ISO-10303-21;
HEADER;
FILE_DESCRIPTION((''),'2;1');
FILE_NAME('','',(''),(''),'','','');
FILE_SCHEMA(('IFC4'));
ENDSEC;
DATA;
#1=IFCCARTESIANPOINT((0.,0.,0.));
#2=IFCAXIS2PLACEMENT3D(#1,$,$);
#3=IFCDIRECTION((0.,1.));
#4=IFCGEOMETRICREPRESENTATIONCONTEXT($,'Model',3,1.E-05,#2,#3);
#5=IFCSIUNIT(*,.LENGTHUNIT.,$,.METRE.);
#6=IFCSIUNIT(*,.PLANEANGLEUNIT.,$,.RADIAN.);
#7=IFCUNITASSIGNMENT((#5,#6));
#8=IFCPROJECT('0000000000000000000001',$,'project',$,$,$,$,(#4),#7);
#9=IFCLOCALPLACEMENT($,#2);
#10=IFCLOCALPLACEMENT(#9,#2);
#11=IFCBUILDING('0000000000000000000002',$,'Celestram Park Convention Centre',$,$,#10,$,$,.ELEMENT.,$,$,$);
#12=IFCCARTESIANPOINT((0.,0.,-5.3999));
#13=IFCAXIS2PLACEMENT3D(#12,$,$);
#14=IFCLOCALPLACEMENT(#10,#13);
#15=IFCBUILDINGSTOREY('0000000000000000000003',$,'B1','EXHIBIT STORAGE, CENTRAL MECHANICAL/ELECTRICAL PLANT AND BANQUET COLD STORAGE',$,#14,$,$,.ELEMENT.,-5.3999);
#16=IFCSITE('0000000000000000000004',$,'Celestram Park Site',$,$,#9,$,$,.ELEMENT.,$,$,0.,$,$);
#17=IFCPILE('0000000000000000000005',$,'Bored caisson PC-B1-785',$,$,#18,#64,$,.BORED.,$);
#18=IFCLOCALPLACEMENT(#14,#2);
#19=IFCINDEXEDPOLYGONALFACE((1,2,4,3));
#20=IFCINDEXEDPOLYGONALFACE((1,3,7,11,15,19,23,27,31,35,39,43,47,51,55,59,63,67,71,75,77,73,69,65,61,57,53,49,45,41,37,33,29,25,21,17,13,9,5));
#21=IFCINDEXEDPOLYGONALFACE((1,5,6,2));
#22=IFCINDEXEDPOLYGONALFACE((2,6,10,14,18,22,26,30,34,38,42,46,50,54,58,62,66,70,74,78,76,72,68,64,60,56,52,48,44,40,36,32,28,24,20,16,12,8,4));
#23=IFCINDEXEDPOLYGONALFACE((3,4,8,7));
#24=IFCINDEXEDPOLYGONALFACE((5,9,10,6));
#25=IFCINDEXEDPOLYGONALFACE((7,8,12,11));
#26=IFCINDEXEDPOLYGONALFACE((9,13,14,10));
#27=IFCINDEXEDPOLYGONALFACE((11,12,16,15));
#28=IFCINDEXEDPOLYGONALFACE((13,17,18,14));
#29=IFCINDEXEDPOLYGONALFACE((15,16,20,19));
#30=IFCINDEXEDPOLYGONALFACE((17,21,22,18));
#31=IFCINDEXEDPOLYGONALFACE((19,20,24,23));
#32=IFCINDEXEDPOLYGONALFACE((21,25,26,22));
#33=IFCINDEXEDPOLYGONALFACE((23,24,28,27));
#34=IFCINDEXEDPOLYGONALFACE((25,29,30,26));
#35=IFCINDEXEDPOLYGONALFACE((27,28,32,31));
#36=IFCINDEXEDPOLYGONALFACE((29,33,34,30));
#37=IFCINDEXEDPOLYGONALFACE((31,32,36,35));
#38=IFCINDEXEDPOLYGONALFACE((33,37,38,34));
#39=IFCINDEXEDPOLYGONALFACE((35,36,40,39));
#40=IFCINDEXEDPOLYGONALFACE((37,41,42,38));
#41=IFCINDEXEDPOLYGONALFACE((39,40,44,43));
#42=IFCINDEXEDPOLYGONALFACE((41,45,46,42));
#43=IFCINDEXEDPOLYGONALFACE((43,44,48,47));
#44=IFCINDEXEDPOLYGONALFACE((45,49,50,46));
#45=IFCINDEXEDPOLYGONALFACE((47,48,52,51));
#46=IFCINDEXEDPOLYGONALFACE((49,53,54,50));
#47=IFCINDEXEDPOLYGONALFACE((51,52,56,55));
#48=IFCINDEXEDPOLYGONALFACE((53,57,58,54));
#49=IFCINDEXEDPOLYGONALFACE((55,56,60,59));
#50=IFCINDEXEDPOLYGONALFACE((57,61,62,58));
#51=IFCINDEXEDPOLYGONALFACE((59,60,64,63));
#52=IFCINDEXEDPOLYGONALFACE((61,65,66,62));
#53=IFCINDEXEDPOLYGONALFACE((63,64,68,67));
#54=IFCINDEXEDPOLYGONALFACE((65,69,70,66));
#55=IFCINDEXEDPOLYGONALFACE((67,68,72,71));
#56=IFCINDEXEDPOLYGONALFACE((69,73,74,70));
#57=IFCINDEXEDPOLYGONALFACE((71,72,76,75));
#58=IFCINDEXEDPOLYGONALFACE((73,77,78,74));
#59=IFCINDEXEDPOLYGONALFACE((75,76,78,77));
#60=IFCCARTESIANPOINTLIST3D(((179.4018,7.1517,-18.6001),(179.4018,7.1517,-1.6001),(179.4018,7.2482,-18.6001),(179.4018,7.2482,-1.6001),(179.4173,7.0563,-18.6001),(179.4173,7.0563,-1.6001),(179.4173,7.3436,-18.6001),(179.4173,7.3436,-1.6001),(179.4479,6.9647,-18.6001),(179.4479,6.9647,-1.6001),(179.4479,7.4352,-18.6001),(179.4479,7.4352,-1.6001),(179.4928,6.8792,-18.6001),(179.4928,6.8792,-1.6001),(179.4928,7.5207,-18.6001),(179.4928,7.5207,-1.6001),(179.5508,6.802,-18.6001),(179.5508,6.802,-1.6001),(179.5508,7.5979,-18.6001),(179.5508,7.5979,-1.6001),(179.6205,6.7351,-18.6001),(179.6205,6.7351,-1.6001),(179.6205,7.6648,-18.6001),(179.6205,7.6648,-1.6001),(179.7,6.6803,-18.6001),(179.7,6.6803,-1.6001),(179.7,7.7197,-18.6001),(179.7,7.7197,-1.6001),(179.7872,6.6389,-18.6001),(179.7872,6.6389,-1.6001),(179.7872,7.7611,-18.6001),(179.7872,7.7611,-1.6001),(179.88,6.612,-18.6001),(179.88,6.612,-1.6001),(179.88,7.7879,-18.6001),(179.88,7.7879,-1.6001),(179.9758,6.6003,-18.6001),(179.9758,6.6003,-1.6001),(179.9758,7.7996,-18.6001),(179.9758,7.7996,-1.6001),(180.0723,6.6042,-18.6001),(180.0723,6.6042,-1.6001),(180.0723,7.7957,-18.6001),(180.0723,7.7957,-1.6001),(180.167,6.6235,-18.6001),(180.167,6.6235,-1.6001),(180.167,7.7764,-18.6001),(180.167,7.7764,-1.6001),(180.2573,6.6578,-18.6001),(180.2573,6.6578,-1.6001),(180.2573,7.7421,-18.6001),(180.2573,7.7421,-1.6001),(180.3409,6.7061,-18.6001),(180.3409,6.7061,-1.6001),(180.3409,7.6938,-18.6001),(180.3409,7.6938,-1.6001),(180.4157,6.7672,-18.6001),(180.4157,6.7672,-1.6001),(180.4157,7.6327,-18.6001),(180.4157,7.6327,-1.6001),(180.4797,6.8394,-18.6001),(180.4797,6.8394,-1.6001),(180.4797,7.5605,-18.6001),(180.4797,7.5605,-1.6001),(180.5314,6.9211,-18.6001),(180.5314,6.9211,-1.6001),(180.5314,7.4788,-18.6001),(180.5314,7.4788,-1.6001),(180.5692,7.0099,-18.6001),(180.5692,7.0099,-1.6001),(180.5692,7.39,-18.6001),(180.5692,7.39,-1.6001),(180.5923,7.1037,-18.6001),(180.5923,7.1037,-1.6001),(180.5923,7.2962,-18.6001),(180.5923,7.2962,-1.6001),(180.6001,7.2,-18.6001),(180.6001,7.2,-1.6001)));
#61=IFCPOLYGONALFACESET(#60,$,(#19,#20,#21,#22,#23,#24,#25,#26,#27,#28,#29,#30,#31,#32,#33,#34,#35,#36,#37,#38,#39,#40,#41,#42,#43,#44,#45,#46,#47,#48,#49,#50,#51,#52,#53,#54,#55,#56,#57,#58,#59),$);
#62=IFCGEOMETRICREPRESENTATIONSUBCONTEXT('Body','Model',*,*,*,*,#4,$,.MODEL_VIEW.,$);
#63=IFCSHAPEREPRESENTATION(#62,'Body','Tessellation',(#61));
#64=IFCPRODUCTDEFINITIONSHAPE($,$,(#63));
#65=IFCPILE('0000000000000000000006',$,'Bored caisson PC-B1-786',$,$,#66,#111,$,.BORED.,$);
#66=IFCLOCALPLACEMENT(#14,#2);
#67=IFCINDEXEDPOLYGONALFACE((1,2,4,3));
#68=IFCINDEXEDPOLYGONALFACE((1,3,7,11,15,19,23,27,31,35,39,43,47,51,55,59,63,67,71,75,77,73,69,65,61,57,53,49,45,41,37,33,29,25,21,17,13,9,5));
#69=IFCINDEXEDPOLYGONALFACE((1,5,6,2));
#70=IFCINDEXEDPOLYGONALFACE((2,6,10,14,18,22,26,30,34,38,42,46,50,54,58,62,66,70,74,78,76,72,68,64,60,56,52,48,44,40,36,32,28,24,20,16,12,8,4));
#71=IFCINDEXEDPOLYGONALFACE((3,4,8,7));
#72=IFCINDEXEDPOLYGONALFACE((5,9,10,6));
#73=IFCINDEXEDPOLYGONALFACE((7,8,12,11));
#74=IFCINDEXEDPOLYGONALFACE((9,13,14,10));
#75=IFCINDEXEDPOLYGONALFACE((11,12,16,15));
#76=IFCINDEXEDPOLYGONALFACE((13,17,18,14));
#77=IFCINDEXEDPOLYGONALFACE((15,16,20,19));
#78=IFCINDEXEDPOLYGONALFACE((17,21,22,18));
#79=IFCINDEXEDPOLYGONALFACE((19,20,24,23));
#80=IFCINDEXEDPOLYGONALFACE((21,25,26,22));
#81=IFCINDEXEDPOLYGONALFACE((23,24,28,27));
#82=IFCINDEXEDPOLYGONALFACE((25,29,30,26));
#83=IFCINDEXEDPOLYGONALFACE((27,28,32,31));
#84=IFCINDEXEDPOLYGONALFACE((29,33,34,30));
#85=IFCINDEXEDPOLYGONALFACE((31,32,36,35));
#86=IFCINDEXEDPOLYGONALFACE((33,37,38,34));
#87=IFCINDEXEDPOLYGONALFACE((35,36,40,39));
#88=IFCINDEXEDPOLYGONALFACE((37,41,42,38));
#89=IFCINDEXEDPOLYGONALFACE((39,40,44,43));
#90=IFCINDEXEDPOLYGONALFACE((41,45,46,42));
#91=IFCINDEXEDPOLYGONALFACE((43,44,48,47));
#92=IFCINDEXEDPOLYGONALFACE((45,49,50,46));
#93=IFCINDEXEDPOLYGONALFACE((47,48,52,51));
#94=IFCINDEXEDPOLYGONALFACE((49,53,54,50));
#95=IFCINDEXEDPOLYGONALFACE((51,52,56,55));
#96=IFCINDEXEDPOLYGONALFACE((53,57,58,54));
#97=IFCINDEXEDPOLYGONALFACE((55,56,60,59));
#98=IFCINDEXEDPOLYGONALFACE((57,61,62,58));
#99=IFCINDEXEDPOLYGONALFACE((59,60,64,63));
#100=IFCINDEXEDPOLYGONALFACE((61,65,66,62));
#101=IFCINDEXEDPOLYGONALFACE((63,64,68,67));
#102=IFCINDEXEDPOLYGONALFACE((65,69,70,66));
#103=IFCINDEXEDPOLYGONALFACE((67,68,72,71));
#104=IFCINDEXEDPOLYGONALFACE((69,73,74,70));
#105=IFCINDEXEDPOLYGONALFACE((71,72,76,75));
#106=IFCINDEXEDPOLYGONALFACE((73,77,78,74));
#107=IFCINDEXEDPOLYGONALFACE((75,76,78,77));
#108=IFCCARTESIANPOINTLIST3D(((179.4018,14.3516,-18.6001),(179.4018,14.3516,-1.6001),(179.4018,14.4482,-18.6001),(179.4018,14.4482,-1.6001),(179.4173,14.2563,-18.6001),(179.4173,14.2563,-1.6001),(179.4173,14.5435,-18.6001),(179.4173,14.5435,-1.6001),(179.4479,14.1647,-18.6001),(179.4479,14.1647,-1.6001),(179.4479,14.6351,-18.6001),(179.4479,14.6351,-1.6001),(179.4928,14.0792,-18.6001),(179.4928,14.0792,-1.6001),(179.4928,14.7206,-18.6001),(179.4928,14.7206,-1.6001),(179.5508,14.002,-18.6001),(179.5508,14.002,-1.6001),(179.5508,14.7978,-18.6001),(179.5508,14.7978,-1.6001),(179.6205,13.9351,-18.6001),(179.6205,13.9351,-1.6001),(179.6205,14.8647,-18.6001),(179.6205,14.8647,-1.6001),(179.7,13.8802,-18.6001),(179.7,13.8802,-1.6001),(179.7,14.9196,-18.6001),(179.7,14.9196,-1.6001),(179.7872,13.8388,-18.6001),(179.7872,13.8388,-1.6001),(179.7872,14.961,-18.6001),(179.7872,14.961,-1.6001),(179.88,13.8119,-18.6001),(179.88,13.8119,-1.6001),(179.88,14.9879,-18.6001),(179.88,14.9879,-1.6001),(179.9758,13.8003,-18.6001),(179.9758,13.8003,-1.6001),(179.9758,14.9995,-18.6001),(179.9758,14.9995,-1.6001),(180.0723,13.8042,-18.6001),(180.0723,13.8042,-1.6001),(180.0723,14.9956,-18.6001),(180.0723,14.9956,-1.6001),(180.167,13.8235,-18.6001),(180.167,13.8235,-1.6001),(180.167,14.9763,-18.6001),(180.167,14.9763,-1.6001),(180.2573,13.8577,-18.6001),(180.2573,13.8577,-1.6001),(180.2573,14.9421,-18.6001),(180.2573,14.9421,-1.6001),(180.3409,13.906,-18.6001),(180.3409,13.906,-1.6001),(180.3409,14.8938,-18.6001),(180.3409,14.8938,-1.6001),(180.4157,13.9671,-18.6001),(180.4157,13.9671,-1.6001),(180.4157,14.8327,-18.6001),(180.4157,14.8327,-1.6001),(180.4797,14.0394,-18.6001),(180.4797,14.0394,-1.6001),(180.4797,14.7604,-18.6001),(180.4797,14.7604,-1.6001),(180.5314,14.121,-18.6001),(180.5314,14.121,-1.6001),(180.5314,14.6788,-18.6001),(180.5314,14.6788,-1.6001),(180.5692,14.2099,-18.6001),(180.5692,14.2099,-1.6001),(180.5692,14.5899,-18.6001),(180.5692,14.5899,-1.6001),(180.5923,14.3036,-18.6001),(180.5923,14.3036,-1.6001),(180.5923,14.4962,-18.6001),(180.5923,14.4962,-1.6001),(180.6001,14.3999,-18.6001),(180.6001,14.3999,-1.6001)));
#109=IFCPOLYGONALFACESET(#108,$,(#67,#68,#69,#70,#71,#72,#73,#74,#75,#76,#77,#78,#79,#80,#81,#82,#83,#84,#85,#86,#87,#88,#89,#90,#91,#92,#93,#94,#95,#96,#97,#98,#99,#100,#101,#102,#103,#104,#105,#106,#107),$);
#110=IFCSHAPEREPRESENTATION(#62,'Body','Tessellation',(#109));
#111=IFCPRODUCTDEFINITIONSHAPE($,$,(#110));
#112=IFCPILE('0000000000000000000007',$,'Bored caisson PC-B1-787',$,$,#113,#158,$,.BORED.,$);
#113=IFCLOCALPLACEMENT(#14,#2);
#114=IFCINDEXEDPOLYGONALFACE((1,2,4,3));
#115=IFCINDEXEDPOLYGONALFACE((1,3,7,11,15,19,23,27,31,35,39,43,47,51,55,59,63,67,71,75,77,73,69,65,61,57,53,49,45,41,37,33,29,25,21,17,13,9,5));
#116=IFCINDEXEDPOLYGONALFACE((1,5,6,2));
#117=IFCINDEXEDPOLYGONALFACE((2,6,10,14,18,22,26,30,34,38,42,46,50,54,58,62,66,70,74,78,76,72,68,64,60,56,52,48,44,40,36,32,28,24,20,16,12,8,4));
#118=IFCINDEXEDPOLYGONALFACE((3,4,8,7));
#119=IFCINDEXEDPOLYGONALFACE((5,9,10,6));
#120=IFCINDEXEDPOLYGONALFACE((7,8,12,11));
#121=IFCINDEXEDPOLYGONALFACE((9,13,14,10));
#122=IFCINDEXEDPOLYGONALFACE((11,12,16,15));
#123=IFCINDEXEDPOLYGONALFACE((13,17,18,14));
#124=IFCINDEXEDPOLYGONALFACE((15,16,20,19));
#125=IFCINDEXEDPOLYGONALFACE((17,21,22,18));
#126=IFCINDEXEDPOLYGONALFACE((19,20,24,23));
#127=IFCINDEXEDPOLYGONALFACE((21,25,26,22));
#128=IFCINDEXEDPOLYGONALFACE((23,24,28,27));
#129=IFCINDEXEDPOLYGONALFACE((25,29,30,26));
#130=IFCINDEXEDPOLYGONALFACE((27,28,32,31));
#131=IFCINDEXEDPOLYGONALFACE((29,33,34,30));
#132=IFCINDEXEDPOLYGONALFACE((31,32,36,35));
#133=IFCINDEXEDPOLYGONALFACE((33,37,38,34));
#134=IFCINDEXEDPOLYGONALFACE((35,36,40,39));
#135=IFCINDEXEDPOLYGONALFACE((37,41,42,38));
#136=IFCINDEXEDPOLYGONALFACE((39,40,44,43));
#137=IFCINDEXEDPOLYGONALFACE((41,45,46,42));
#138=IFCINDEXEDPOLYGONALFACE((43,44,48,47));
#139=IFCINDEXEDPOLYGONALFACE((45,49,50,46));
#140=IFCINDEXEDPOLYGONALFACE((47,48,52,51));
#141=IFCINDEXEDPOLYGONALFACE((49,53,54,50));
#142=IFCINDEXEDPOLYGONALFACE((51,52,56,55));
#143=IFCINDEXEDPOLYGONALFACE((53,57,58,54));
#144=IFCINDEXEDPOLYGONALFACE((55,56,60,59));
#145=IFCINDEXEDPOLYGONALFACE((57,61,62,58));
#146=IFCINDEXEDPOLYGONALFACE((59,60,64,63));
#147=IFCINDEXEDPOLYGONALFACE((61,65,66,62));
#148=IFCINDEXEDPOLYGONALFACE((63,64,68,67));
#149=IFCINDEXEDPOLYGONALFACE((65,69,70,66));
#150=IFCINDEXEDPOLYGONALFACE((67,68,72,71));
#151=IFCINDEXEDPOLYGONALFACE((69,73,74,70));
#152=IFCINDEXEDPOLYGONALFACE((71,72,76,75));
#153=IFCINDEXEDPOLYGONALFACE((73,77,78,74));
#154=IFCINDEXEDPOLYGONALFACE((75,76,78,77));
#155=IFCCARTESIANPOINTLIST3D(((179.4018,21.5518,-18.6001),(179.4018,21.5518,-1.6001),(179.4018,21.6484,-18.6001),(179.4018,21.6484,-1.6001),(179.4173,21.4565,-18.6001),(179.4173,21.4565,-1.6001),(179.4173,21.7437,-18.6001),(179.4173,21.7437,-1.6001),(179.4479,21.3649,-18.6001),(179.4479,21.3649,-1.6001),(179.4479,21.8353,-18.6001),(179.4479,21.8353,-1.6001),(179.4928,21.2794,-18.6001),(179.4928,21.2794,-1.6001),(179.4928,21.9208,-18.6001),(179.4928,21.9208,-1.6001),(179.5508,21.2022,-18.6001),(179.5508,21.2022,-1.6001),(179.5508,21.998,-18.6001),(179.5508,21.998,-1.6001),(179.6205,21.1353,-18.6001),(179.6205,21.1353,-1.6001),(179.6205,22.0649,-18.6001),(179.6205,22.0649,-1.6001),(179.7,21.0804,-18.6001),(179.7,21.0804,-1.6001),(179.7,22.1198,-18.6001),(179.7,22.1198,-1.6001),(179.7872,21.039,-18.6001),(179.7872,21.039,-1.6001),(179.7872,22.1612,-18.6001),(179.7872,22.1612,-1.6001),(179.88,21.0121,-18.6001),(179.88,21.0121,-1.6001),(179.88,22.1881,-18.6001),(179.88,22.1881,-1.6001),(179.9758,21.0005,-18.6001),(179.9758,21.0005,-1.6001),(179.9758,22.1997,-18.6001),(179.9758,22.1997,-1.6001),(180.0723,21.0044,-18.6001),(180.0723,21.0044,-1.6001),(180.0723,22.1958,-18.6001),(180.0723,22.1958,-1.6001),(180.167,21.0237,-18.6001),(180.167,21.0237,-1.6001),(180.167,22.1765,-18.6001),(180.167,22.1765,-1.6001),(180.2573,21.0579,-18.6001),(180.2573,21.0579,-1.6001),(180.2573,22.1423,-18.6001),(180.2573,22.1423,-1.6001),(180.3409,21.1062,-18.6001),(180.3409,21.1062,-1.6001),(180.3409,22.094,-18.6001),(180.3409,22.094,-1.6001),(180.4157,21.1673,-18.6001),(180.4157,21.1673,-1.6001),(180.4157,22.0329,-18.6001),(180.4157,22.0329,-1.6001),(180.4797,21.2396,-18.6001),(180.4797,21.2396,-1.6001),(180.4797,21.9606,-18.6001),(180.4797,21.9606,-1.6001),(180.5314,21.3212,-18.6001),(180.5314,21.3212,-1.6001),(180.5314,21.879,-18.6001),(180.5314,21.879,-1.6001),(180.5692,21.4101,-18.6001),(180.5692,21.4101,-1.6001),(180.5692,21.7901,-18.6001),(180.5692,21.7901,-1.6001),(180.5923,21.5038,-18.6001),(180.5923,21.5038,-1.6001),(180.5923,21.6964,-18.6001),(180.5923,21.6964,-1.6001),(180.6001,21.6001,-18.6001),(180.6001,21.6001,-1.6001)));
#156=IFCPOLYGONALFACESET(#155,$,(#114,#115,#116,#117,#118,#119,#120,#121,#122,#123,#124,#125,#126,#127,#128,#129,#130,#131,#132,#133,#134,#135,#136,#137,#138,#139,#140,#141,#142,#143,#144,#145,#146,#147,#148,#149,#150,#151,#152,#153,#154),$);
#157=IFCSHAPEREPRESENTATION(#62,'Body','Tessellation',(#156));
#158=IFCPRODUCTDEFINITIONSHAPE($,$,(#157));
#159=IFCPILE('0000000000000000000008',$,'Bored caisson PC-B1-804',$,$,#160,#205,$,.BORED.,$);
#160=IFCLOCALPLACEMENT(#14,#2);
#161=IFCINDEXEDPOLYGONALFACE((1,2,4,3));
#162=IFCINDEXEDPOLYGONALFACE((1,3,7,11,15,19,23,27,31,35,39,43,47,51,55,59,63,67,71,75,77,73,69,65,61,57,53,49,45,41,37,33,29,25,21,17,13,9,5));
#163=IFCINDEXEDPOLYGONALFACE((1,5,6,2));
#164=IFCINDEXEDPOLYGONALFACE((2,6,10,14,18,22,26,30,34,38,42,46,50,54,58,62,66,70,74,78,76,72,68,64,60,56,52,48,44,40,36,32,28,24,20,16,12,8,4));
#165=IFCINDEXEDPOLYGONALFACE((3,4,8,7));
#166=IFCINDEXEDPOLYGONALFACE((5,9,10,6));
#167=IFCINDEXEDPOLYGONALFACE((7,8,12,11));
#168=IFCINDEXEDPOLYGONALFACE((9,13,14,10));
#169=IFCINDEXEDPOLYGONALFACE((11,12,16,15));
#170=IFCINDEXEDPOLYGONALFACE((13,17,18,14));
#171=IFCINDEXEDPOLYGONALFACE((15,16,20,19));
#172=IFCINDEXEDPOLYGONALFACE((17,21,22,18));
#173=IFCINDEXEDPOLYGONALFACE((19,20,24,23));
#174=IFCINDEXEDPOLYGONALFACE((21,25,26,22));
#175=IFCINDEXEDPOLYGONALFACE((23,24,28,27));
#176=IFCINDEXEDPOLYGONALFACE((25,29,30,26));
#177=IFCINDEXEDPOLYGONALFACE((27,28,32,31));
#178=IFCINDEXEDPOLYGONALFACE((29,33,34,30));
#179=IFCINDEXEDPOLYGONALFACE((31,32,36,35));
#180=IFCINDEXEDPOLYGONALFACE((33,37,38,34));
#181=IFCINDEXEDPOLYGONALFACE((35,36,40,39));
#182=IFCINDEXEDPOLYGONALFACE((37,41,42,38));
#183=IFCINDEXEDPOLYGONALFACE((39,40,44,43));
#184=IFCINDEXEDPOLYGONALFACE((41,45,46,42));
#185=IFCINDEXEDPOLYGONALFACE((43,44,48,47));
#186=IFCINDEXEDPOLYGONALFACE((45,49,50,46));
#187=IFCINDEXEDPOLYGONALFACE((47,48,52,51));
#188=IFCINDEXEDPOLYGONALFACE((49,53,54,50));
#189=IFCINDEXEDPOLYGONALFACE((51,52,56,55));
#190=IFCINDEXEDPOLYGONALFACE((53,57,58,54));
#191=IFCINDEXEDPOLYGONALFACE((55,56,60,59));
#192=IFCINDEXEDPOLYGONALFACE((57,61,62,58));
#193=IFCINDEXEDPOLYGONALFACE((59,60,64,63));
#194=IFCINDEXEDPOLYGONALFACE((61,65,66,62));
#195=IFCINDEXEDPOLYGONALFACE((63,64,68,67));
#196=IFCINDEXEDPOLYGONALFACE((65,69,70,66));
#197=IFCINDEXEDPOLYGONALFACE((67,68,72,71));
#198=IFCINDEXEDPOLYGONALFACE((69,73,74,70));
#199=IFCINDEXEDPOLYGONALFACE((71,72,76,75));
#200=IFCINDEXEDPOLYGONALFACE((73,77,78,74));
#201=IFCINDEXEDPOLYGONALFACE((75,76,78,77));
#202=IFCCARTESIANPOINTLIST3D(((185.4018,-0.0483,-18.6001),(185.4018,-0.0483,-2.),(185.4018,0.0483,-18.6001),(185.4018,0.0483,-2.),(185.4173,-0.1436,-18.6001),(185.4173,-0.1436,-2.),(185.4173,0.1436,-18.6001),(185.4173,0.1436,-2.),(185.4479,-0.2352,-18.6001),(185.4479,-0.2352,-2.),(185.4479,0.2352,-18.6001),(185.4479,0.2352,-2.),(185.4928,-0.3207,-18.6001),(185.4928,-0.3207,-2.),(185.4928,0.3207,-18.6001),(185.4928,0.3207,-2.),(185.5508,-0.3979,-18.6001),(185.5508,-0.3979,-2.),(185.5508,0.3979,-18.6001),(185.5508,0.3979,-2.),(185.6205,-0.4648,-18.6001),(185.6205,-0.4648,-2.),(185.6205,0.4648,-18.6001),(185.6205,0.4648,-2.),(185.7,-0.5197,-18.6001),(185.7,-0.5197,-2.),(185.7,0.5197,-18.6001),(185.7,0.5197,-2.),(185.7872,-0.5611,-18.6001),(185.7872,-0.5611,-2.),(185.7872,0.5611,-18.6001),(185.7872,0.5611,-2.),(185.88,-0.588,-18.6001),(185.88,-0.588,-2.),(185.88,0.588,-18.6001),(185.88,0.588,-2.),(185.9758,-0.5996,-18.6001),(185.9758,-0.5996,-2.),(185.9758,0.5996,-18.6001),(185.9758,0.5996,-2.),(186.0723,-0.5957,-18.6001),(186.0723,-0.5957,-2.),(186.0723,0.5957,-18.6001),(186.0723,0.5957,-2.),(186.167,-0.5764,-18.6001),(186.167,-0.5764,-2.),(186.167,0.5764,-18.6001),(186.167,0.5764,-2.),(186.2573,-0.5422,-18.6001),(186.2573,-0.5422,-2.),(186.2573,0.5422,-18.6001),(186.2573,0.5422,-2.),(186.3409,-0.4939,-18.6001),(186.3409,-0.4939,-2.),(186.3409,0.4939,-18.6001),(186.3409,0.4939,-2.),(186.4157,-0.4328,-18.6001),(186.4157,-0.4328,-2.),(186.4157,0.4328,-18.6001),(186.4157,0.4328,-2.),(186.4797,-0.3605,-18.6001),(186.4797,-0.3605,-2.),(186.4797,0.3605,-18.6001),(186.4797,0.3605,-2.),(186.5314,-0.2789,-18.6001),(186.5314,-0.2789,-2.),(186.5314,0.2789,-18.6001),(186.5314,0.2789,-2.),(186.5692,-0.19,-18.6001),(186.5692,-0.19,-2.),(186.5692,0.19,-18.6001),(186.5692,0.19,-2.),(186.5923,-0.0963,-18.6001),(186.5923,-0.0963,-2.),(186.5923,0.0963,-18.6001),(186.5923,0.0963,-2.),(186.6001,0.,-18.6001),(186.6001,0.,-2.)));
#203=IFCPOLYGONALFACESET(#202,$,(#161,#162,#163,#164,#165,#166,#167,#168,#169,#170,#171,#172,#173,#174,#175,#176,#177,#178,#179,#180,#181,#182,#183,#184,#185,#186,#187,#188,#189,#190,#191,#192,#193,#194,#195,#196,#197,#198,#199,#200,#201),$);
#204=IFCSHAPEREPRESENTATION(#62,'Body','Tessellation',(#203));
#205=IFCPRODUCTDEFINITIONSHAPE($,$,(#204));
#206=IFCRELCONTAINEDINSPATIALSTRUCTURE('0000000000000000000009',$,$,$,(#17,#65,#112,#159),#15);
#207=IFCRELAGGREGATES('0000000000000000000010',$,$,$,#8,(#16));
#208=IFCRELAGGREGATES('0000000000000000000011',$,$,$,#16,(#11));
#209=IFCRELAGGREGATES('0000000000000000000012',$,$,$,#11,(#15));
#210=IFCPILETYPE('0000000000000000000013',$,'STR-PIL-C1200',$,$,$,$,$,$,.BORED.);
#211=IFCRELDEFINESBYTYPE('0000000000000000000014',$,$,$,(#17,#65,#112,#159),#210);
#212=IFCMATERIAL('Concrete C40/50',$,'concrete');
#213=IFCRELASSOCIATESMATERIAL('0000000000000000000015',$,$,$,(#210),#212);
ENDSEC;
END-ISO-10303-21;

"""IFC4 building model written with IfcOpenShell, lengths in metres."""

from ifc_helpers import new_model, si_unit, direction, frame, origin, origin_2d, place, context, subcontext, project, spatial, circle, extrude, material, material_profile, profile_set, type_object, element, save


model = new_model("IFC4")

# Units and contexts
model_context = context("Model", 3, precision=1e-05, world=origin(), true_north=direction((0.0, 1.0)))
body_context = subcontext(model_context, "Body", "Model", "MODEL_VIEW")
ifc_project = project(units=[si_unit("LENGTHUNIT", "METRE"), si_unit("PLANEANGLEUNIT", "RADIAN")], contexts=[model_context])

# Site, building, storey
site_placement = place(None, origin())
site = spatial("IfcSite", under=ifc_project, at=site_placement, Name="Celestram Park Site", CompositionType="ELEMENT", RefElevation=0.0)
building_placement = place(site_placement, origin())
building = spatial("IfcBuilding", under=site, at=building_placement, Name="Celestram Park Convention Centre", CompositionType="ELEMENT")
storey_placement = place(building_placement, frame((0.0, 0.0, -5.3999)))
storey = spatial("IfcBuildingStorey", under=building, at=storey_placement, Name="B1", Description="EXHIBIT STORAGE, CENTRAL MECHANICAL/ELECTRICAL PLANT AND BANQUET COLD STORAGE", CompositionType="ELEMENT", Elevation=-5.3999)

# Shared definitions
ifc_material_1 = material(Name="Concrete C40/50", Category="concrete")

# Piles
ifc_material_profile_1 = material_profile(ifc_material_1, circle(Radius=0.6001, at=origin_2d()), Name="CAISSON1200")
ifc_profile_set_1 = profile_set([ifc_material_profile_1], Name="Concrete C40/50")
pile_type_1 = type_object("IfcPileType", Name="STR-PIL-C1200", PredefinedType="BORED", material=ifc_profile_set_1)
for number, where, z_axis, x_axis, name in (
    (1, (180.0, 7.2, -1.6001), (0.0, 0.0, -1.0), (1.0, 0.0, 0.0), "Bored caisson PC-B1-785"),
    (2, (180.0, 14.3999, -1.6001), (0.0, 0.0, -1.0), (1.0, 0.0, 0.0), "Bored caisson PC-B1-786"),
    (3, (180.0, 21.6001, -1.6001), (0.0, 0.0, -1.0), (1.0, 0.0, 0.0), "Bored caisson PC-B1-787"),
):
    element("IfcPile", number, at=place(storey_placement, frame(where, z_axis=z_axis, x_axis=x_axis)), inside=storey, type_object=pile_type_1, Name=name, PredefinedType="BORED", context=body_context, shape_type="SweptSolid", body=[
        extrude(circle(Radius=0.6001, at=origin_2d()), origin(), (0.0, 0.0, 1.0), 17.0),
    ])
pile_1_placement = place(storey_placement, frame((186.0, 0.0, -2.0), z_axis=(0.0, 0.0, -1.0), x_axis=(1.0, 0.0, 0.0)))
element("IfcPile", 4, at=pile_1_placement, inside=storey, type_object=pile_type_1, Name="Bored caisson PC-B1-804", PredefinedType="BORED", context=body_context, shape_type="SweptSolid", body=[
    extrude(circle(Radius=0.6001, at=origin_2d()), origin(), (0.0, 0.0, 1.0), 16.6001),
])

save(model, "model.ifc")
